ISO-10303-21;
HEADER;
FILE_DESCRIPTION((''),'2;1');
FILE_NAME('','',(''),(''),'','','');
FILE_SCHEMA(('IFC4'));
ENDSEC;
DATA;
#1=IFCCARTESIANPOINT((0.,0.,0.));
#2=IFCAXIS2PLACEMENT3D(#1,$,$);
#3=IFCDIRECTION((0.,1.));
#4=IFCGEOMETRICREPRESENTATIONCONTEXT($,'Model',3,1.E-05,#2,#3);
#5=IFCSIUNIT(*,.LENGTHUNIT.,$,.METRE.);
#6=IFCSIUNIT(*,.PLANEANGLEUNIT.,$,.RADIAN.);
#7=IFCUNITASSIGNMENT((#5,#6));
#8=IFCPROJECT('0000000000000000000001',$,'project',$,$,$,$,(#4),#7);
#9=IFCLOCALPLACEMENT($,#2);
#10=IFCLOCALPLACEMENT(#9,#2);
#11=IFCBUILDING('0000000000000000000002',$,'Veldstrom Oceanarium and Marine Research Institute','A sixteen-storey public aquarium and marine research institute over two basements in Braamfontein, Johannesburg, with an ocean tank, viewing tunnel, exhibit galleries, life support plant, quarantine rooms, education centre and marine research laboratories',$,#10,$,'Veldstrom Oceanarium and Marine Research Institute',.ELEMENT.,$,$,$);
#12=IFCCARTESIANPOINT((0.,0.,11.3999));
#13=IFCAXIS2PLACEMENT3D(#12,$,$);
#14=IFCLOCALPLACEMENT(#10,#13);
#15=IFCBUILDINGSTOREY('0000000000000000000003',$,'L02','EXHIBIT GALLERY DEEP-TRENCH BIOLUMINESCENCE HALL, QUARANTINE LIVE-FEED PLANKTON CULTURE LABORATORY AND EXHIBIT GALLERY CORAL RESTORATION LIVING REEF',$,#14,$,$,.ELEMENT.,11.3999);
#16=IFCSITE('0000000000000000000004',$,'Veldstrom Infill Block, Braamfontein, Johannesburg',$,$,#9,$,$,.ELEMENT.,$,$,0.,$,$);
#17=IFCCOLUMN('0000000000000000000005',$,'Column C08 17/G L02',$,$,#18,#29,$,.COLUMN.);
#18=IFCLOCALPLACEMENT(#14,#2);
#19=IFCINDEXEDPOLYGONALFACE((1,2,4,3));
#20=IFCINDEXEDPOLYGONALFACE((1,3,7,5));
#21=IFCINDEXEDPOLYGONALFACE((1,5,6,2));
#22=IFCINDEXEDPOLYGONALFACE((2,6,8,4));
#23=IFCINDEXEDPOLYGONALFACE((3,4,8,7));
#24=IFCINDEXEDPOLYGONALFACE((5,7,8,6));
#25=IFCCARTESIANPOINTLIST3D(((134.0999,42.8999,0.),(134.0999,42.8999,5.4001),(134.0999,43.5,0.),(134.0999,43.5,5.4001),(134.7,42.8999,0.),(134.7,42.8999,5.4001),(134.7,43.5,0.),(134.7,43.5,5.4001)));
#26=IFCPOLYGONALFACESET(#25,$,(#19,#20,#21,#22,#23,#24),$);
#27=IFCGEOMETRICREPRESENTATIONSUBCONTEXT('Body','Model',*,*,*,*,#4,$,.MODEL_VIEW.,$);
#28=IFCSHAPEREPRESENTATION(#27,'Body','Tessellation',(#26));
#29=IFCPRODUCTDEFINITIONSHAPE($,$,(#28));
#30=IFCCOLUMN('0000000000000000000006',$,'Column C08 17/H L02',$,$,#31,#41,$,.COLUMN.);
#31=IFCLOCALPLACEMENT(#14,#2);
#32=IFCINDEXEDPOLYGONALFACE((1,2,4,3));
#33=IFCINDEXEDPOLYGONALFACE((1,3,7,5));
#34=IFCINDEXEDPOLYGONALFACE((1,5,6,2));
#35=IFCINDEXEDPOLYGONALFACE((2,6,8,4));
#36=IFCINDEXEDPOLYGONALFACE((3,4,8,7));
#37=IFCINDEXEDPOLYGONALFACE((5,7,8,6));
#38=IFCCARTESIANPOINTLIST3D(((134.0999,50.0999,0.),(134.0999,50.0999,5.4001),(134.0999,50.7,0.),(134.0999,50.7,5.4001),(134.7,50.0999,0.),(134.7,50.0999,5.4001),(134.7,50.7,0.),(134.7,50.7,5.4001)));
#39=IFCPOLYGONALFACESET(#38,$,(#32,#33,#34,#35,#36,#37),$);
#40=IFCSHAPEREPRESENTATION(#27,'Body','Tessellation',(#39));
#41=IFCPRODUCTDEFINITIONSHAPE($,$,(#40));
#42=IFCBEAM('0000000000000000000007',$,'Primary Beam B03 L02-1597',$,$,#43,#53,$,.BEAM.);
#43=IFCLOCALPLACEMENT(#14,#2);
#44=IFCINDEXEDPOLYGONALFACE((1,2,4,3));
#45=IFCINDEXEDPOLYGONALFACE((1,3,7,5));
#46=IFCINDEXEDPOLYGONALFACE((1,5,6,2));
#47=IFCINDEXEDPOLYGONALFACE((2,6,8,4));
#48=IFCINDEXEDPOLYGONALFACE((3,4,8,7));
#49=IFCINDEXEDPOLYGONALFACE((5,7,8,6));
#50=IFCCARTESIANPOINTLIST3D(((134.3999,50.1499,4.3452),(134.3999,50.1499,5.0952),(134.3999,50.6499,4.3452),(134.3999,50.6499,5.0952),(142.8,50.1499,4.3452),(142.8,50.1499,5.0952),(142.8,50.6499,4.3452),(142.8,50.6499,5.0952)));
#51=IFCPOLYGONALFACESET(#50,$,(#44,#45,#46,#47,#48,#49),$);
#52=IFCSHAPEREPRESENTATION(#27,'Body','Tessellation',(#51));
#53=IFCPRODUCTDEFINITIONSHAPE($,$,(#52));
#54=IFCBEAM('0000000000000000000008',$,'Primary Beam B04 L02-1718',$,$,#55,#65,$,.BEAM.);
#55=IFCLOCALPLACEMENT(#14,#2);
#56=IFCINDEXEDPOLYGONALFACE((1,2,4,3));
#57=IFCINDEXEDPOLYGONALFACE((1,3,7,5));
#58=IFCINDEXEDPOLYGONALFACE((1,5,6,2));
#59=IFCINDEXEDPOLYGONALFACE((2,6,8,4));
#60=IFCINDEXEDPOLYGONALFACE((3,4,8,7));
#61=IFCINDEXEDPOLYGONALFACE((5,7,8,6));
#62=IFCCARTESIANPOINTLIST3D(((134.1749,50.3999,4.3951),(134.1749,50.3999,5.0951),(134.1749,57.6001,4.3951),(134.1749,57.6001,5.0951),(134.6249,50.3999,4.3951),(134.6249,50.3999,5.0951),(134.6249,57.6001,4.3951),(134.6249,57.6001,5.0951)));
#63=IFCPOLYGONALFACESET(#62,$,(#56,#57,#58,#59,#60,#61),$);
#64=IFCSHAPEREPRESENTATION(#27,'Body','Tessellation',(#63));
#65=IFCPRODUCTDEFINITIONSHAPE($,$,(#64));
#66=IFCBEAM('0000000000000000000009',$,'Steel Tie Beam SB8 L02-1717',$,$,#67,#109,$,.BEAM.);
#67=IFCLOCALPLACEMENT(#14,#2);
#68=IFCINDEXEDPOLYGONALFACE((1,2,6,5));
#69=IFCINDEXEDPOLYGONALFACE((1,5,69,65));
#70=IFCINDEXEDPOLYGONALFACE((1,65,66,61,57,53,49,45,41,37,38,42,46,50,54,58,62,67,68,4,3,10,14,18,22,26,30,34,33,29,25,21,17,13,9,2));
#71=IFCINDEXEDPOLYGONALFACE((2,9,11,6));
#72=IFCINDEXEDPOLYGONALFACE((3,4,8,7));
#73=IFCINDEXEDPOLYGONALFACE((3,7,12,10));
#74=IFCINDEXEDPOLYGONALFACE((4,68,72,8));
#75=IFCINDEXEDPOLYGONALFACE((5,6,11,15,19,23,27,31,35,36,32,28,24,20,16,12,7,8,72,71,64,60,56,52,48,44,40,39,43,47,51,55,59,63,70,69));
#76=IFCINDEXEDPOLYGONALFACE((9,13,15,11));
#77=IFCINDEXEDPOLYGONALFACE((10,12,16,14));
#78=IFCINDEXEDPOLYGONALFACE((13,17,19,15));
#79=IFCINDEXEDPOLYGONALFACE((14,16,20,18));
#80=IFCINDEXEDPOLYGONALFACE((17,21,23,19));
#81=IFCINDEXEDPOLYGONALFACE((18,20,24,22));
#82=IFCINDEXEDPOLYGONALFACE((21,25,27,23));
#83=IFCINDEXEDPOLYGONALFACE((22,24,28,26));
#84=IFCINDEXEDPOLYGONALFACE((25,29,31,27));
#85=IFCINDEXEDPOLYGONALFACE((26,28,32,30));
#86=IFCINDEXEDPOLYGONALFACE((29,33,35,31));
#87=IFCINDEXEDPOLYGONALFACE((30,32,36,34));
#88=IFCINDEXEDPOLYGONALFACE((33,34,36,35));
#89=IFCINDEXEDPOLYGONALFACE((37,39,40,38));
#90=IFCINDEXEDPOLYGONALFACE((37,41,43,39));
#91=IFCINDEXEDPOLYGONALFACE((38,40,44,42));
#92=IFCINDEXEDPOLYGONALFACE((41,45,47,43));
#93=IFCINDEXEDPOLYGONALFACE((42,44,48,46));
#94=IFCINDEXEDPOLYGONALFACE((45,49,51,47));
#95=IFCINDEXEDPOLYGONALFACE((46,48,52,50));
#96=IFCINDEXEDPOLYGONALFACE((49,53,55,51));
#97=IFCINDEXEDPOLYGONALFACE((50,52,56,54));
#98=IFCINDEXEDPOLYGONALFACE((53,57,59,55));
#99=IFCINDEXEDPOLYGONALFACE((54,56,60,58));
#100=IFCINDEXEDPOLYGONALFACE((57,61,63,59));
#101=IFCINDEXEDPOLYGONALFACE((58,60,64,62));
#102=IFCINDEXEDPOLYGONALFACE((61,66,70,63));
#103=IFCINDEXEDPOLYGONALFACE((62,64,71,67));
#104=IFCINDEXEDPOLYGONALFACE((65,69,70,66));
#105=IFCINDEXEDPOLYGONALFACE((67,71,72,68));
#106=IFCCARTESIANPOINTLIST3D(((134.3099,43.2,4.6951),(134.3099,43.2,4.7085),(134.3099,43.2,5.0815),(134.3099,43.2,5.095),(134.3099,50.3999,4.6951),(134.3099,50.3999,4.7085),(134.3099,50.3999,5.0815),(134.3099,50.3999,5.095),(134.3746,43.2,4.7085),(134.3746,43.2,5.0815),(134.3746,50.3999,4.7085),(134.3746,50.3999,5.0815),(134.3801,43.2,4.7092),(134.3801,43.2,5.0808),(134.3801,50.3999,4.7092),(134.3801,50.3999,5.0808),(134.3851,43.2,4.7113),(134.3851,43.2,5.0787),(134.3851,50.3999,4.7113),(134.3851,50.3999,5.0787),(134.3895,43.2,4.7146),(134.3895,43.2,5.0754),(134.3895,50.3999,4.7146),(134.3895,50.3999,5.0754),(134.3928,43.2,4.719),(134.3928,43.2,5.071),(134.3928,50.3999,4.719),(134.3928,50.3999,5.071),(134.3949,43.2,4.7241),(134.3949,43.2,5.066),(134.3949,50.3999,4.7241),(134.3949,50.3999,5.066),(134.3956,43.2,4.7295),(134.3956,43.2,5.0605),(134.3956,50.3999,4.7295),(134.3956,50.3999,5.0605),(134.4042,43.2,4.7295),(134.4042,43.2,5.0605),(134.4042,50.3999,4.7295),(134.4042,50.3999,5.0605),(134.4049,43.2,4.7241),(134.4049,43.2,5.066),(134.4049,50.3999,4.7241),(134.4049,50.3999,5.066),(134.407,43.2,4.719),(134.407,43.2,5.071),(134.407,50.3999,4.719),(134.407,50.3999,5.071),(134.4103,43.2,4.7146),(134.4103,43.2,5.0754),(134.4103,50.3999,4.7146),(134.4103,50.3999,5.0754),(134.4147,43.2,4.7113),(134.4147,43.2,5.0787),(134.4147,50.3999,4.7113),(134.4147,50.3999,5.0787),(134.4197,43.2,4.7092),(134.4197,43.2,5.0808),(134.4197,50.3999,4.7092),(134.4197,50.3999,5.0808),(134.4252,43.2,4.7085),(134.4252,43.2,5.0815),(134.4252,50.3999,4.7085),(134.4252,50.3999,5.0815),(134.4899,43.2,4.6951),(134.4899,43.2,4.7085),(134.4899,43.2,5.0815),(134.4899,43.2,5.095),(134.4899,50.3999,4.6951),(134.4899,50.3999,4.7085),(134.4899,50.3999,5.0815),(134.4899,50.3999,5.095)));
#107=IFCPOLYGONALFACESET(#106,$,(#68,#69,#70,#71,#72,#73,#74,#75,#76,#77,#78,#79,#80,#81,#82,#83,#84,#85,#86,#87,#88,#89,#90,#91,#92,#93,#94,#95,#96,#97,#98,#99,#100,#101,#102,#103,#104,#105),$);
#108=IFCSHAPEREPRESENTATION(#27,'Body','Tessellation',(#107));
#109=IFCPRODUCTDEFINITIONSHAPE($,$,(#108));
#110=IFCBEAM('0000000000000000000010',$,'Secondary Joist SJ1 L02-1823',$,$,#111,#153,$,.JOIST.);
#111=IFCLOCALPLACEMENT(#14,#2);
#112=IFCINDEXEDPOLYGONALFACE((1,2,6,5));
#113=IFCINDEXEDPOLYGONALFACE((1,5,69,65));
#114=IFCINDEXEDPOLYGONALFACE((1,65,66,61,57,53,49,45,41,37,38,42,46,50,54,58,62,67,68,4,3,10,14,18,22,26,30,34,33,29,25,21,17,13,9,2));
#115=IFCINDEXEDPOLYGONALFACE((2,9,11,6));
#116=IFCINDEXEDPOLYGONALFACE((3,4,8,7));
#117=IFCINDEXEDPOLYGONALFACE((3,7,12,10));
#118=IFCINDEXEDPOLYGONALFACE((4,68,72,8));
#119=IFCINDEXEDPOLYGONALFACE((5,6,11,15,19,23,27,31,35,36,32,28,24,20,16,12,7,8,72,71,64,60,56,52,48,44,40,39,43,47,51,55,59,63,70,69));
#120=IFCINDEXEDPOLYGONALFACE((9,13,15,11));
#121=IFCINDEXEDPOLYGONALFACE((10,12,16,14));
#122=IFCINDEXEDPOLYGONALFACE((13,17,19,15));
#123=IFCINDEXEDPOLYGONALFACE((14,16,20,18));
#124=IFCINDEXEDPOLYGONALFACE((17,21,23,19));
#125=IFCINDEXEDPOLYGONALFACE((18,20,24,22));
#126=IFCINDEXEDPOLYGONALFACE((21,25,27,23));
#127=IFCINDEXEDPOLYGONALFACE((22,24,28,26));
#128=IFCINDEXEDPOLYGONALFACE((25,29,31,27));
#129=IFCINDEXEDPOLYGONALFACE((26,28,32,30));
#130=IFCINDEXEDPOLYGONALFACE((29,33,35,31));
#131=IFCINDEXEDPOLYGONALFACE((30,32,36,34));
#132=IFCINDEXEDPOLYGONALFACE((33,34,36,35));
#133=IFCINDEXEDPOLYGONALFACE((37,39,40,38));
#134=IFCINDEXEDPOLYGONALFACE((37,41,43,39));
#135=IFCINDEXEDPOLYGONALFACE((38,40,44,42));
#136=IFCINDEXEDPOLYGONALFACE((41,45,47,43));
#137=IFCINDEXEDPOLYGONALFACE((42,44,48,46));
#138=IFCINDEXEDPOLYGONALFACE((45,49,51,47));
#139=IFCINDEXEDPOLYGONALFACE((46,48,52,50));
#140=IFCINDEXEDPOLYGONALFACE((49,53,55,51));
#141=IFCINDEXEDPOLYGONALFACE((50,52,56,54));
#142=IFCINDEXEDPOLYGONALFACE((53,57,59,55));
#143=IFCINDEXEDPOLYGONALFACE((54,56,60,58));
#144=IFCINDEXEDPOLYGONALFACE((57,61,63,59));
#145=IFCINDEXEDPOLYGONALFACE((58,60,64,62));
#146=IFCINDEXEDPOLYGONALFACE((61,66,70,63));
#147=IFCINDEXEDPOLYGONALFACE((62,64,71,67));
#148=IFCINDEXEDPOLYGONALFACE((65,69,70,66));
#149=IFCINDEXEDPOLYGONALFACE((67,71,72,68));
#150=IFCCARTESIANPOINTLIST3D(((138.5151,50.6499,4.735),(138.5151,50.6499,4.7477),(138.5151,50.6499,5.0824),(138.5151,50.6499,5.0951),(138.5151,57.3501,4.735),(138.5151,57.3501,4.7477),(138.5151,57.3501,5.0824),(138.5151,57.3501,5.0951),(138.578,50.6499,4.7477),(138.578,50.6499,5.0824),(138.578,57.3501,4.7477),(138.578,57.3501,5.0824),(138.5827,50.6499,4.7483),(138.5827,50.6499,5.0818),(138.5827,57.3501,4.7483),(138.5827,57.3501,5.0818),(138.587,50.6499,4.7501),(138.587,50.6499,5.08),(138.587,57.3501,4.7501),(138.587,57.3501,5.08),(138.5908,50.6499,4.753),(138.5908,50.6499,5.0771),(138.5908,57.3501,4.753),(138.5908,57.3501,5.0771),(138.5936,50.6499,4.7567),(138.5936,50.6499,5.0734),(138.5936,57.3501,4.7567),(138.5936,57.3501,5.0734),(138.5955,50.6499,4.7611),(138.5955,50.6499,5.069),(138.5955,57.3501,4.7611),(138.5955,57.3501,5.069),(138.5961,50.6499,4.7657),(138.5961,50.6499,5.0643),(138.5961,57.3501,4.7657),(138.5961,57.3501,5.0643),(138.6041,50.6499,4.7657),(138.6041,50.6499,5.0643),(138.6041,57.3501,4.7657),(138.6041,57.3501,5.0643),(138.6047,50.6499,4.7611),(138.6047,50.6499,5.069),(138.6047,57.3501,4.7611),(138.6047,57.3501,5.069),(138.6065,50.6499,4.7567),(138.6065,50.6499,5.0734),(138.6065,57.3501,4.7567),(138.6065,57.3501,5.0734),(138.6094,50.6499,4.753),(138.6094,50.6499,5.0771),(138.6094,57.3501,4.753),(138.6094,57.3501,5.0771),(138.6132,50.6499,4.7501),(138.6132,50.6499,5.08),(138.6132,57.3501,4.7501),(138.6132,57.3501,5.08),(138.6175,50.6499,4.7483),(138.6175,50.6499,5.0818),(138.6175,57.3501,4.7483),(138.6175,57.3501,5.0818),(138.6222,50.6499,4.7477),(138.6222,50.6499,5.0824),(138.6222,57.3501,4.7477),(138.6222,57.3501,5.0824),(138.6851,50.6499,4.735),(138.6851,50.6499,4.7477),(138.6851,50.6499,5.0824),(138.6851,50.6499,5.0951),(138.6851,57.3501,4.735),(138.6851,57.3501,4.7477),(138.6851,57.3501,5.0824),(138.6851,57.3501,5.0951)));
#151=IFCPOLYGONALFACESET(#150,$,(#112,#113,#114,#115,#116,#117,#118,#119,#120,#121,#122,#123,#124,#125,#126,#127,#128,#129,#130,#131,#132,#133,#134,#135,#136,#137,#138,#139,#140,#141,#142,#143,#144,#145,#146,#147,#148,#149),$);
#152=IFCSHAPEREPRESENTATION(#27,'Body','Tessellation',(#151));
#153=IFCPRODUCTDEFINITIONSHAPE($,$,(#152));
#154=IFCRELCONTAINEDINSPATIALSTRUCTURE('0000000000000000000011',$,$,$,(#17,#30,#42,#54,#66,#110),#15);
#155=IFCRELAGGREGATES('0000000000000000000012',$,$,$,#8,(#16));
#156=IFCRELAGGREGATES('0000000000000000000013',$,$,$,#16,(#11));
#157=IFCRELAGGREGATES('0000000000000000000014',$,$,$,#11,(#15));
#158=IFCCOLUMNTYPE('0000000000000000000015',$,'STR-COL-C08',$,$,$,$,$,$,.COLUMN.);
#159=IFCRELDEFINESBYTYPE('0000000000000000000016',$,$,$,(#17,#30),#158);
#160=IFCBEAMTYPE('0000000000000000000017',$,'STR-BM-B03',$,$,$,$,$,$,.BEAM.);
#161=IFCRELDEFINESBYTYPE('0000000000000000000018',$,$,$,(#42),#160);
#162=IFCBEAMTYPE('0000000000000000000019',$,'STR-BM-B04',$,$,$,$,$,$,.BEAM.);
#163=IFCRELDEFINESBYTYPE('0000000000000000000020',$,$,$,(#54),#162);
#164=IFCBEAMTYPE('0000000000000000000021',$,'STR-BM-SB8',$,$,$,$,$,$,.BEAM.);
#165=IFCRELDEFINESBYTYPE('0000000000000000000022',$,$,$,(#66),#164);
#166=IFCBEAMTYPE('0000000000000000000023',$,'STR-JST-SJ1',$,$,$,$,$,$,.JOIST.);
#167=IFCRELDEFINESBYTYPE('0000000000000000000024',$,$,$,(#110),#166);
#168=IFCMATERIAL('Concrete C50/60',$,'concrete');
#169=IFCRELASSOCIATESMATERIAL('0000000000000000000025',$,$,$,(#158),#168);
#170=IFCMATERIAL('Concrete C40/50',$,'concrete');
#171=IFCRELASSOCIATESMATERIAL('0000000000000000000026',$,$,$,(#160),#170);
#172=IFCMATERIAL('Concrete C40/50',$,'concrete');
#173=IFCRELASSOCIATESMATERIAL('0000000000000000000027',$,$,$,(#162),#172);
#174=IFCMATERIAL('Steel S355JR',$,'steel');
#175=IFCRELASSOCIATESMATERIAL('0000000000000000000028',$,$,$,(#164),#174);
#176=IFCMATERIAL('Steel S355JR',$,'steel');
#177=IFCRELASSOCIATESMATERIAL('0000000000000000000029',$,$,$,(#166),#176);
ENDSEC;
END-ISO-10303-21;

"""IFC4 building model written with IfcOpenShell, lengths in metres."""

from ifc_helpers import new_model, si_unit, direction, frame, origin, origin_2d, place, context, subcontext, project, spatial, rectangle, i_section, extrude, material, material_profile, profile_set, type_object, element, save


model = new_model("IFC4")

# Units and contexts
model_context = context("Model", 3, precision=1e-05, world=origin(), true_north=direction((0.0, 1.0)))
body_context = subcontext(model_context, "Body", "Model", "MODEL_VIEW")
ifc_project = project(units=[si_unit("LENGTHUNIT", "METRE"), si_unit("PLANEANGLEUNIT", "RADIAN")], contexts=[model_context])

# Site, building, storey
site_placement = place(None, origin())
site = spatial("IfcSite", under=ifc_project, at=site_placement, Name="Veldstrom Infill Block, Braamfontein, Johannesburg", CompositionType="ELEMENT", RefElevation=0.0)
building_placement = place(site_placement, origin())
building = spatial("IfcBuilding", under=site, at=building_placement, Name="Veldstrom Oceanarium and Marine Research Institute", Description="A sixteen-storey public aquarium and marine research institute over two basements in Braamfontein, Johannesburg, with an ocean tank, viewing tunnel, exhibit galleries, life support plant, quarantine rooms, education centre and marine research laboratories", LongName="Veldstrom Oceanarium and Marine Research Institute", CompositionType="ELEMENT")
storey_placement = place(building_placement, frame((0.0, 0.0, 11.3999)))
storey = spatial("IfcBuildingStorey", under=building, at=storey_placement, Name="L02", Description="EXHIBIT GALLERY DEEP-TRENCH BIOLUMINESCENCE HALL, QUARANTINE LIVE-FEED PLANKTON CULTURE LABORATORY AND EXHIBIT GALLERY CORAL RESTORATION LIVING REEF", CompositionType="ELEMENT", Elevation=11.3999)

# Columns
ifc_material_1 = material(Name="Concrete C50/60", Category="concrete")
ifc_material_profile_1 = material_profile(ifc_material_1, rectangle(XDim=0.6001, YDim=0.6001, at=origin_2d()), Name="RC-COL-600x600")
ifc_profile_set_1 = profile_set([ifc_material_profile_1], Name="Concrete C50/60")
column_type = type_object("IfcColumnType", Name="STR-COL-C08", PredefinedType="COLUMN", material=ifc_profile_set_1)
for number, where, z_axis, x_axis, name in (
    (1, (134.3999, 43.2, 0.0), (0.0, 0.0, 1.0), (1.0, 0.0, 0.0), "Column C08 17/G L02"),
    (2, (134.3999, 50.3999, 0.0), (0.0, 0.0, 1.0), (1.0, 0.0, 0.0), "Column C08 17/H L02"),
):
    element("IfcColumn", number, at=place(storey_placement, frame(where, z_axis=z_axis, x_axis=x_axis)), inside=storey, type_object=column_type, Name=name, PredefinedType="COLUMN", context=body_context, shape_type="SweptSolid", body=[
        extrude(rectangle(XDim=0.6001, YDim=0.6001, at=origin_2d()), origin(), (0.0, 0.0, 1.0), 5.4001),
    ])

# Beams
ifc_material_2 = material(Name="Concrete C40/50", Category="concrete")
ifc_material_profile_2 = material_profile(ifc_material_2, rectangle(XDim=0.5, YDim=0.75, at=origin_2d()), Name="RC-BM-500x750")
ifc_profile_set_2 = profile_set([ifc_material_profile_2], Name="Concrete C40/50")
beam_type_1 = type_object("IfcBeamType", Name="STR-BM-B03", PredefinedType="BEAM", material=ifc_profile_set_2)
beam_1_placement = place(storey_placement, frame((134.3999, 50.3999, 4.7202), z_axis=(1.0, 0.0, 0.0), x_axis=(0.0, 1.0, 0.0)))
element("IfcBeam", 3, at=beam_1_placement, inside=storey, type_object=beam_type_1, Name="Primary Beam B03 L02-1597", PredefinedType="BEAM", context=body_context, shape_type="SweptSolid", body=[
    extrude(rectangle(XDim=0.5, YDim=0.75, at=origin_2d()), origin(), (0.0, 0.0, 1.0), 8.4001),
])
ifc_material_3 = material(Name="Concrete C40/50", Category="concrete")
ifc_material_profile_3 = material_profile(ifc_material_3, rectangle(XDim=0.45, YDim=0.7, at=origin_2d()), Name="RC-BM-450x700")
ifc_profile_set_3 = profile_set([ifc_material_profile_3], Name="Concrete C40/50")
beam_type_2 = type_object("IfcBeamType", Name="STR-BM-B04", PredefinedType="BEAM", material=ifc_profile_set_3)
beam_2_placement = place(storey_placement, frame((134.3999, 50.3999, 4.7451), z_axis=(0.0, 1.0, 0.0), x_axis=(-1.0, 0.0, 0.0)))
element("IfcBeam", 4, at=beam_2_placement, inside=storey, type_object=beam_type_2, Name="Primary Beam B04 L02-1718", PredefinedType="BEAM", context=body_context, shape_type="SweptSolid", body=[
    extrude(rectangle(XDim=0.45, YDim=0.7, at=origin_2d()), origin(), (0.0, 0.0, 1.0), 7.2002),
])
ifc_material_4 = material(Name="Steel S355JR", Category="steel")
ifc_material_profile_4 = material_profile(ifc_material_4, i_section(OverallWidth=0.1799, OverallDepth=0.3999, WebThickness=0.0085, FlangeThickness=0.0134, FilletRadius=0.021, at=origin_2d()), Name="IPE 400")
ifc_profile_set_4 = profile_set([ifc_material_profile_4], Name="Steel S355JR")
beam_type_3 = type_object("IfcBeamType", Name="STR-BM-SB8", PredefinedType="BEAM", material=ifc_profile_set_4)
beam_3_placement = place(storey_placement, frame((134.3999, 43.2, 4.895), z_axis=(0.0, 1.0, 0.0), x_axis=(-1.0, 0.0, 0.0)))
element("IfcBeam", 5, at=beam_3_placement, inside=storey, type_object=beam_type_3, Name="Steel Tie Beam SB8 L02-1717", PredefinedType="BEAM", context=body_context, shape_type="SweptSolid", body=[
    extrude(i_section(OverallWidth=0.1799, OverallDepth=0.3999, WebThickness=0.0085, FlangeThickness=0.0134, FilletRadius=0.021, at=origin_2d()), origin(), (0.0, 0.0, 1.0), 7.2),
])
ifc_material_5 = material(Name="Steel S355JR", Category="steel")
ifc_material_profile_5 = material_profile(ifc_material_5, i_section(OverallWidth=0.1699, OverallDepth=0.3601, WebThickness=0.0081, FlangeThickness=0.0127, FilletRadius=0.0181, at=origin_2d()), Name="IPE 360")
ifc_profile_set_5 = profile_set([ifc_material_profile_5], Name="Steel S355JR")
beam_type_4 = type_object("IfcBeamType", Name="STR-JST-SJ1", PredefinedType="JOIST", material=ifc_profile_set_5)
beam_4_placement = place(storey_placement, frame((138.6001, 50.6499, 4.915), z_axis=(0.0, 1.0, 0.0), x_axis=(-1.0, 0.0, 0.0)))
element("IfcBeam", 6, at=beam_4_placement, inside=storey, type_object=beam_type_4, Name="Secondary Joist SJ1 L02-1823", PredefinedType="JOIST", context=body_context, shape_type="SweptSolid", body=[
    extrude(i_section(OverallWidth=0.1699, OverallDepth=0.3601, WebThickness=0.0081, FlangeThickness=0.0127, FilletRadius=0.0181, at=origin_2d()), origin(), (0.0, 0.0, 1.0), 6.7002),
])

save(model, "model.ifc")
